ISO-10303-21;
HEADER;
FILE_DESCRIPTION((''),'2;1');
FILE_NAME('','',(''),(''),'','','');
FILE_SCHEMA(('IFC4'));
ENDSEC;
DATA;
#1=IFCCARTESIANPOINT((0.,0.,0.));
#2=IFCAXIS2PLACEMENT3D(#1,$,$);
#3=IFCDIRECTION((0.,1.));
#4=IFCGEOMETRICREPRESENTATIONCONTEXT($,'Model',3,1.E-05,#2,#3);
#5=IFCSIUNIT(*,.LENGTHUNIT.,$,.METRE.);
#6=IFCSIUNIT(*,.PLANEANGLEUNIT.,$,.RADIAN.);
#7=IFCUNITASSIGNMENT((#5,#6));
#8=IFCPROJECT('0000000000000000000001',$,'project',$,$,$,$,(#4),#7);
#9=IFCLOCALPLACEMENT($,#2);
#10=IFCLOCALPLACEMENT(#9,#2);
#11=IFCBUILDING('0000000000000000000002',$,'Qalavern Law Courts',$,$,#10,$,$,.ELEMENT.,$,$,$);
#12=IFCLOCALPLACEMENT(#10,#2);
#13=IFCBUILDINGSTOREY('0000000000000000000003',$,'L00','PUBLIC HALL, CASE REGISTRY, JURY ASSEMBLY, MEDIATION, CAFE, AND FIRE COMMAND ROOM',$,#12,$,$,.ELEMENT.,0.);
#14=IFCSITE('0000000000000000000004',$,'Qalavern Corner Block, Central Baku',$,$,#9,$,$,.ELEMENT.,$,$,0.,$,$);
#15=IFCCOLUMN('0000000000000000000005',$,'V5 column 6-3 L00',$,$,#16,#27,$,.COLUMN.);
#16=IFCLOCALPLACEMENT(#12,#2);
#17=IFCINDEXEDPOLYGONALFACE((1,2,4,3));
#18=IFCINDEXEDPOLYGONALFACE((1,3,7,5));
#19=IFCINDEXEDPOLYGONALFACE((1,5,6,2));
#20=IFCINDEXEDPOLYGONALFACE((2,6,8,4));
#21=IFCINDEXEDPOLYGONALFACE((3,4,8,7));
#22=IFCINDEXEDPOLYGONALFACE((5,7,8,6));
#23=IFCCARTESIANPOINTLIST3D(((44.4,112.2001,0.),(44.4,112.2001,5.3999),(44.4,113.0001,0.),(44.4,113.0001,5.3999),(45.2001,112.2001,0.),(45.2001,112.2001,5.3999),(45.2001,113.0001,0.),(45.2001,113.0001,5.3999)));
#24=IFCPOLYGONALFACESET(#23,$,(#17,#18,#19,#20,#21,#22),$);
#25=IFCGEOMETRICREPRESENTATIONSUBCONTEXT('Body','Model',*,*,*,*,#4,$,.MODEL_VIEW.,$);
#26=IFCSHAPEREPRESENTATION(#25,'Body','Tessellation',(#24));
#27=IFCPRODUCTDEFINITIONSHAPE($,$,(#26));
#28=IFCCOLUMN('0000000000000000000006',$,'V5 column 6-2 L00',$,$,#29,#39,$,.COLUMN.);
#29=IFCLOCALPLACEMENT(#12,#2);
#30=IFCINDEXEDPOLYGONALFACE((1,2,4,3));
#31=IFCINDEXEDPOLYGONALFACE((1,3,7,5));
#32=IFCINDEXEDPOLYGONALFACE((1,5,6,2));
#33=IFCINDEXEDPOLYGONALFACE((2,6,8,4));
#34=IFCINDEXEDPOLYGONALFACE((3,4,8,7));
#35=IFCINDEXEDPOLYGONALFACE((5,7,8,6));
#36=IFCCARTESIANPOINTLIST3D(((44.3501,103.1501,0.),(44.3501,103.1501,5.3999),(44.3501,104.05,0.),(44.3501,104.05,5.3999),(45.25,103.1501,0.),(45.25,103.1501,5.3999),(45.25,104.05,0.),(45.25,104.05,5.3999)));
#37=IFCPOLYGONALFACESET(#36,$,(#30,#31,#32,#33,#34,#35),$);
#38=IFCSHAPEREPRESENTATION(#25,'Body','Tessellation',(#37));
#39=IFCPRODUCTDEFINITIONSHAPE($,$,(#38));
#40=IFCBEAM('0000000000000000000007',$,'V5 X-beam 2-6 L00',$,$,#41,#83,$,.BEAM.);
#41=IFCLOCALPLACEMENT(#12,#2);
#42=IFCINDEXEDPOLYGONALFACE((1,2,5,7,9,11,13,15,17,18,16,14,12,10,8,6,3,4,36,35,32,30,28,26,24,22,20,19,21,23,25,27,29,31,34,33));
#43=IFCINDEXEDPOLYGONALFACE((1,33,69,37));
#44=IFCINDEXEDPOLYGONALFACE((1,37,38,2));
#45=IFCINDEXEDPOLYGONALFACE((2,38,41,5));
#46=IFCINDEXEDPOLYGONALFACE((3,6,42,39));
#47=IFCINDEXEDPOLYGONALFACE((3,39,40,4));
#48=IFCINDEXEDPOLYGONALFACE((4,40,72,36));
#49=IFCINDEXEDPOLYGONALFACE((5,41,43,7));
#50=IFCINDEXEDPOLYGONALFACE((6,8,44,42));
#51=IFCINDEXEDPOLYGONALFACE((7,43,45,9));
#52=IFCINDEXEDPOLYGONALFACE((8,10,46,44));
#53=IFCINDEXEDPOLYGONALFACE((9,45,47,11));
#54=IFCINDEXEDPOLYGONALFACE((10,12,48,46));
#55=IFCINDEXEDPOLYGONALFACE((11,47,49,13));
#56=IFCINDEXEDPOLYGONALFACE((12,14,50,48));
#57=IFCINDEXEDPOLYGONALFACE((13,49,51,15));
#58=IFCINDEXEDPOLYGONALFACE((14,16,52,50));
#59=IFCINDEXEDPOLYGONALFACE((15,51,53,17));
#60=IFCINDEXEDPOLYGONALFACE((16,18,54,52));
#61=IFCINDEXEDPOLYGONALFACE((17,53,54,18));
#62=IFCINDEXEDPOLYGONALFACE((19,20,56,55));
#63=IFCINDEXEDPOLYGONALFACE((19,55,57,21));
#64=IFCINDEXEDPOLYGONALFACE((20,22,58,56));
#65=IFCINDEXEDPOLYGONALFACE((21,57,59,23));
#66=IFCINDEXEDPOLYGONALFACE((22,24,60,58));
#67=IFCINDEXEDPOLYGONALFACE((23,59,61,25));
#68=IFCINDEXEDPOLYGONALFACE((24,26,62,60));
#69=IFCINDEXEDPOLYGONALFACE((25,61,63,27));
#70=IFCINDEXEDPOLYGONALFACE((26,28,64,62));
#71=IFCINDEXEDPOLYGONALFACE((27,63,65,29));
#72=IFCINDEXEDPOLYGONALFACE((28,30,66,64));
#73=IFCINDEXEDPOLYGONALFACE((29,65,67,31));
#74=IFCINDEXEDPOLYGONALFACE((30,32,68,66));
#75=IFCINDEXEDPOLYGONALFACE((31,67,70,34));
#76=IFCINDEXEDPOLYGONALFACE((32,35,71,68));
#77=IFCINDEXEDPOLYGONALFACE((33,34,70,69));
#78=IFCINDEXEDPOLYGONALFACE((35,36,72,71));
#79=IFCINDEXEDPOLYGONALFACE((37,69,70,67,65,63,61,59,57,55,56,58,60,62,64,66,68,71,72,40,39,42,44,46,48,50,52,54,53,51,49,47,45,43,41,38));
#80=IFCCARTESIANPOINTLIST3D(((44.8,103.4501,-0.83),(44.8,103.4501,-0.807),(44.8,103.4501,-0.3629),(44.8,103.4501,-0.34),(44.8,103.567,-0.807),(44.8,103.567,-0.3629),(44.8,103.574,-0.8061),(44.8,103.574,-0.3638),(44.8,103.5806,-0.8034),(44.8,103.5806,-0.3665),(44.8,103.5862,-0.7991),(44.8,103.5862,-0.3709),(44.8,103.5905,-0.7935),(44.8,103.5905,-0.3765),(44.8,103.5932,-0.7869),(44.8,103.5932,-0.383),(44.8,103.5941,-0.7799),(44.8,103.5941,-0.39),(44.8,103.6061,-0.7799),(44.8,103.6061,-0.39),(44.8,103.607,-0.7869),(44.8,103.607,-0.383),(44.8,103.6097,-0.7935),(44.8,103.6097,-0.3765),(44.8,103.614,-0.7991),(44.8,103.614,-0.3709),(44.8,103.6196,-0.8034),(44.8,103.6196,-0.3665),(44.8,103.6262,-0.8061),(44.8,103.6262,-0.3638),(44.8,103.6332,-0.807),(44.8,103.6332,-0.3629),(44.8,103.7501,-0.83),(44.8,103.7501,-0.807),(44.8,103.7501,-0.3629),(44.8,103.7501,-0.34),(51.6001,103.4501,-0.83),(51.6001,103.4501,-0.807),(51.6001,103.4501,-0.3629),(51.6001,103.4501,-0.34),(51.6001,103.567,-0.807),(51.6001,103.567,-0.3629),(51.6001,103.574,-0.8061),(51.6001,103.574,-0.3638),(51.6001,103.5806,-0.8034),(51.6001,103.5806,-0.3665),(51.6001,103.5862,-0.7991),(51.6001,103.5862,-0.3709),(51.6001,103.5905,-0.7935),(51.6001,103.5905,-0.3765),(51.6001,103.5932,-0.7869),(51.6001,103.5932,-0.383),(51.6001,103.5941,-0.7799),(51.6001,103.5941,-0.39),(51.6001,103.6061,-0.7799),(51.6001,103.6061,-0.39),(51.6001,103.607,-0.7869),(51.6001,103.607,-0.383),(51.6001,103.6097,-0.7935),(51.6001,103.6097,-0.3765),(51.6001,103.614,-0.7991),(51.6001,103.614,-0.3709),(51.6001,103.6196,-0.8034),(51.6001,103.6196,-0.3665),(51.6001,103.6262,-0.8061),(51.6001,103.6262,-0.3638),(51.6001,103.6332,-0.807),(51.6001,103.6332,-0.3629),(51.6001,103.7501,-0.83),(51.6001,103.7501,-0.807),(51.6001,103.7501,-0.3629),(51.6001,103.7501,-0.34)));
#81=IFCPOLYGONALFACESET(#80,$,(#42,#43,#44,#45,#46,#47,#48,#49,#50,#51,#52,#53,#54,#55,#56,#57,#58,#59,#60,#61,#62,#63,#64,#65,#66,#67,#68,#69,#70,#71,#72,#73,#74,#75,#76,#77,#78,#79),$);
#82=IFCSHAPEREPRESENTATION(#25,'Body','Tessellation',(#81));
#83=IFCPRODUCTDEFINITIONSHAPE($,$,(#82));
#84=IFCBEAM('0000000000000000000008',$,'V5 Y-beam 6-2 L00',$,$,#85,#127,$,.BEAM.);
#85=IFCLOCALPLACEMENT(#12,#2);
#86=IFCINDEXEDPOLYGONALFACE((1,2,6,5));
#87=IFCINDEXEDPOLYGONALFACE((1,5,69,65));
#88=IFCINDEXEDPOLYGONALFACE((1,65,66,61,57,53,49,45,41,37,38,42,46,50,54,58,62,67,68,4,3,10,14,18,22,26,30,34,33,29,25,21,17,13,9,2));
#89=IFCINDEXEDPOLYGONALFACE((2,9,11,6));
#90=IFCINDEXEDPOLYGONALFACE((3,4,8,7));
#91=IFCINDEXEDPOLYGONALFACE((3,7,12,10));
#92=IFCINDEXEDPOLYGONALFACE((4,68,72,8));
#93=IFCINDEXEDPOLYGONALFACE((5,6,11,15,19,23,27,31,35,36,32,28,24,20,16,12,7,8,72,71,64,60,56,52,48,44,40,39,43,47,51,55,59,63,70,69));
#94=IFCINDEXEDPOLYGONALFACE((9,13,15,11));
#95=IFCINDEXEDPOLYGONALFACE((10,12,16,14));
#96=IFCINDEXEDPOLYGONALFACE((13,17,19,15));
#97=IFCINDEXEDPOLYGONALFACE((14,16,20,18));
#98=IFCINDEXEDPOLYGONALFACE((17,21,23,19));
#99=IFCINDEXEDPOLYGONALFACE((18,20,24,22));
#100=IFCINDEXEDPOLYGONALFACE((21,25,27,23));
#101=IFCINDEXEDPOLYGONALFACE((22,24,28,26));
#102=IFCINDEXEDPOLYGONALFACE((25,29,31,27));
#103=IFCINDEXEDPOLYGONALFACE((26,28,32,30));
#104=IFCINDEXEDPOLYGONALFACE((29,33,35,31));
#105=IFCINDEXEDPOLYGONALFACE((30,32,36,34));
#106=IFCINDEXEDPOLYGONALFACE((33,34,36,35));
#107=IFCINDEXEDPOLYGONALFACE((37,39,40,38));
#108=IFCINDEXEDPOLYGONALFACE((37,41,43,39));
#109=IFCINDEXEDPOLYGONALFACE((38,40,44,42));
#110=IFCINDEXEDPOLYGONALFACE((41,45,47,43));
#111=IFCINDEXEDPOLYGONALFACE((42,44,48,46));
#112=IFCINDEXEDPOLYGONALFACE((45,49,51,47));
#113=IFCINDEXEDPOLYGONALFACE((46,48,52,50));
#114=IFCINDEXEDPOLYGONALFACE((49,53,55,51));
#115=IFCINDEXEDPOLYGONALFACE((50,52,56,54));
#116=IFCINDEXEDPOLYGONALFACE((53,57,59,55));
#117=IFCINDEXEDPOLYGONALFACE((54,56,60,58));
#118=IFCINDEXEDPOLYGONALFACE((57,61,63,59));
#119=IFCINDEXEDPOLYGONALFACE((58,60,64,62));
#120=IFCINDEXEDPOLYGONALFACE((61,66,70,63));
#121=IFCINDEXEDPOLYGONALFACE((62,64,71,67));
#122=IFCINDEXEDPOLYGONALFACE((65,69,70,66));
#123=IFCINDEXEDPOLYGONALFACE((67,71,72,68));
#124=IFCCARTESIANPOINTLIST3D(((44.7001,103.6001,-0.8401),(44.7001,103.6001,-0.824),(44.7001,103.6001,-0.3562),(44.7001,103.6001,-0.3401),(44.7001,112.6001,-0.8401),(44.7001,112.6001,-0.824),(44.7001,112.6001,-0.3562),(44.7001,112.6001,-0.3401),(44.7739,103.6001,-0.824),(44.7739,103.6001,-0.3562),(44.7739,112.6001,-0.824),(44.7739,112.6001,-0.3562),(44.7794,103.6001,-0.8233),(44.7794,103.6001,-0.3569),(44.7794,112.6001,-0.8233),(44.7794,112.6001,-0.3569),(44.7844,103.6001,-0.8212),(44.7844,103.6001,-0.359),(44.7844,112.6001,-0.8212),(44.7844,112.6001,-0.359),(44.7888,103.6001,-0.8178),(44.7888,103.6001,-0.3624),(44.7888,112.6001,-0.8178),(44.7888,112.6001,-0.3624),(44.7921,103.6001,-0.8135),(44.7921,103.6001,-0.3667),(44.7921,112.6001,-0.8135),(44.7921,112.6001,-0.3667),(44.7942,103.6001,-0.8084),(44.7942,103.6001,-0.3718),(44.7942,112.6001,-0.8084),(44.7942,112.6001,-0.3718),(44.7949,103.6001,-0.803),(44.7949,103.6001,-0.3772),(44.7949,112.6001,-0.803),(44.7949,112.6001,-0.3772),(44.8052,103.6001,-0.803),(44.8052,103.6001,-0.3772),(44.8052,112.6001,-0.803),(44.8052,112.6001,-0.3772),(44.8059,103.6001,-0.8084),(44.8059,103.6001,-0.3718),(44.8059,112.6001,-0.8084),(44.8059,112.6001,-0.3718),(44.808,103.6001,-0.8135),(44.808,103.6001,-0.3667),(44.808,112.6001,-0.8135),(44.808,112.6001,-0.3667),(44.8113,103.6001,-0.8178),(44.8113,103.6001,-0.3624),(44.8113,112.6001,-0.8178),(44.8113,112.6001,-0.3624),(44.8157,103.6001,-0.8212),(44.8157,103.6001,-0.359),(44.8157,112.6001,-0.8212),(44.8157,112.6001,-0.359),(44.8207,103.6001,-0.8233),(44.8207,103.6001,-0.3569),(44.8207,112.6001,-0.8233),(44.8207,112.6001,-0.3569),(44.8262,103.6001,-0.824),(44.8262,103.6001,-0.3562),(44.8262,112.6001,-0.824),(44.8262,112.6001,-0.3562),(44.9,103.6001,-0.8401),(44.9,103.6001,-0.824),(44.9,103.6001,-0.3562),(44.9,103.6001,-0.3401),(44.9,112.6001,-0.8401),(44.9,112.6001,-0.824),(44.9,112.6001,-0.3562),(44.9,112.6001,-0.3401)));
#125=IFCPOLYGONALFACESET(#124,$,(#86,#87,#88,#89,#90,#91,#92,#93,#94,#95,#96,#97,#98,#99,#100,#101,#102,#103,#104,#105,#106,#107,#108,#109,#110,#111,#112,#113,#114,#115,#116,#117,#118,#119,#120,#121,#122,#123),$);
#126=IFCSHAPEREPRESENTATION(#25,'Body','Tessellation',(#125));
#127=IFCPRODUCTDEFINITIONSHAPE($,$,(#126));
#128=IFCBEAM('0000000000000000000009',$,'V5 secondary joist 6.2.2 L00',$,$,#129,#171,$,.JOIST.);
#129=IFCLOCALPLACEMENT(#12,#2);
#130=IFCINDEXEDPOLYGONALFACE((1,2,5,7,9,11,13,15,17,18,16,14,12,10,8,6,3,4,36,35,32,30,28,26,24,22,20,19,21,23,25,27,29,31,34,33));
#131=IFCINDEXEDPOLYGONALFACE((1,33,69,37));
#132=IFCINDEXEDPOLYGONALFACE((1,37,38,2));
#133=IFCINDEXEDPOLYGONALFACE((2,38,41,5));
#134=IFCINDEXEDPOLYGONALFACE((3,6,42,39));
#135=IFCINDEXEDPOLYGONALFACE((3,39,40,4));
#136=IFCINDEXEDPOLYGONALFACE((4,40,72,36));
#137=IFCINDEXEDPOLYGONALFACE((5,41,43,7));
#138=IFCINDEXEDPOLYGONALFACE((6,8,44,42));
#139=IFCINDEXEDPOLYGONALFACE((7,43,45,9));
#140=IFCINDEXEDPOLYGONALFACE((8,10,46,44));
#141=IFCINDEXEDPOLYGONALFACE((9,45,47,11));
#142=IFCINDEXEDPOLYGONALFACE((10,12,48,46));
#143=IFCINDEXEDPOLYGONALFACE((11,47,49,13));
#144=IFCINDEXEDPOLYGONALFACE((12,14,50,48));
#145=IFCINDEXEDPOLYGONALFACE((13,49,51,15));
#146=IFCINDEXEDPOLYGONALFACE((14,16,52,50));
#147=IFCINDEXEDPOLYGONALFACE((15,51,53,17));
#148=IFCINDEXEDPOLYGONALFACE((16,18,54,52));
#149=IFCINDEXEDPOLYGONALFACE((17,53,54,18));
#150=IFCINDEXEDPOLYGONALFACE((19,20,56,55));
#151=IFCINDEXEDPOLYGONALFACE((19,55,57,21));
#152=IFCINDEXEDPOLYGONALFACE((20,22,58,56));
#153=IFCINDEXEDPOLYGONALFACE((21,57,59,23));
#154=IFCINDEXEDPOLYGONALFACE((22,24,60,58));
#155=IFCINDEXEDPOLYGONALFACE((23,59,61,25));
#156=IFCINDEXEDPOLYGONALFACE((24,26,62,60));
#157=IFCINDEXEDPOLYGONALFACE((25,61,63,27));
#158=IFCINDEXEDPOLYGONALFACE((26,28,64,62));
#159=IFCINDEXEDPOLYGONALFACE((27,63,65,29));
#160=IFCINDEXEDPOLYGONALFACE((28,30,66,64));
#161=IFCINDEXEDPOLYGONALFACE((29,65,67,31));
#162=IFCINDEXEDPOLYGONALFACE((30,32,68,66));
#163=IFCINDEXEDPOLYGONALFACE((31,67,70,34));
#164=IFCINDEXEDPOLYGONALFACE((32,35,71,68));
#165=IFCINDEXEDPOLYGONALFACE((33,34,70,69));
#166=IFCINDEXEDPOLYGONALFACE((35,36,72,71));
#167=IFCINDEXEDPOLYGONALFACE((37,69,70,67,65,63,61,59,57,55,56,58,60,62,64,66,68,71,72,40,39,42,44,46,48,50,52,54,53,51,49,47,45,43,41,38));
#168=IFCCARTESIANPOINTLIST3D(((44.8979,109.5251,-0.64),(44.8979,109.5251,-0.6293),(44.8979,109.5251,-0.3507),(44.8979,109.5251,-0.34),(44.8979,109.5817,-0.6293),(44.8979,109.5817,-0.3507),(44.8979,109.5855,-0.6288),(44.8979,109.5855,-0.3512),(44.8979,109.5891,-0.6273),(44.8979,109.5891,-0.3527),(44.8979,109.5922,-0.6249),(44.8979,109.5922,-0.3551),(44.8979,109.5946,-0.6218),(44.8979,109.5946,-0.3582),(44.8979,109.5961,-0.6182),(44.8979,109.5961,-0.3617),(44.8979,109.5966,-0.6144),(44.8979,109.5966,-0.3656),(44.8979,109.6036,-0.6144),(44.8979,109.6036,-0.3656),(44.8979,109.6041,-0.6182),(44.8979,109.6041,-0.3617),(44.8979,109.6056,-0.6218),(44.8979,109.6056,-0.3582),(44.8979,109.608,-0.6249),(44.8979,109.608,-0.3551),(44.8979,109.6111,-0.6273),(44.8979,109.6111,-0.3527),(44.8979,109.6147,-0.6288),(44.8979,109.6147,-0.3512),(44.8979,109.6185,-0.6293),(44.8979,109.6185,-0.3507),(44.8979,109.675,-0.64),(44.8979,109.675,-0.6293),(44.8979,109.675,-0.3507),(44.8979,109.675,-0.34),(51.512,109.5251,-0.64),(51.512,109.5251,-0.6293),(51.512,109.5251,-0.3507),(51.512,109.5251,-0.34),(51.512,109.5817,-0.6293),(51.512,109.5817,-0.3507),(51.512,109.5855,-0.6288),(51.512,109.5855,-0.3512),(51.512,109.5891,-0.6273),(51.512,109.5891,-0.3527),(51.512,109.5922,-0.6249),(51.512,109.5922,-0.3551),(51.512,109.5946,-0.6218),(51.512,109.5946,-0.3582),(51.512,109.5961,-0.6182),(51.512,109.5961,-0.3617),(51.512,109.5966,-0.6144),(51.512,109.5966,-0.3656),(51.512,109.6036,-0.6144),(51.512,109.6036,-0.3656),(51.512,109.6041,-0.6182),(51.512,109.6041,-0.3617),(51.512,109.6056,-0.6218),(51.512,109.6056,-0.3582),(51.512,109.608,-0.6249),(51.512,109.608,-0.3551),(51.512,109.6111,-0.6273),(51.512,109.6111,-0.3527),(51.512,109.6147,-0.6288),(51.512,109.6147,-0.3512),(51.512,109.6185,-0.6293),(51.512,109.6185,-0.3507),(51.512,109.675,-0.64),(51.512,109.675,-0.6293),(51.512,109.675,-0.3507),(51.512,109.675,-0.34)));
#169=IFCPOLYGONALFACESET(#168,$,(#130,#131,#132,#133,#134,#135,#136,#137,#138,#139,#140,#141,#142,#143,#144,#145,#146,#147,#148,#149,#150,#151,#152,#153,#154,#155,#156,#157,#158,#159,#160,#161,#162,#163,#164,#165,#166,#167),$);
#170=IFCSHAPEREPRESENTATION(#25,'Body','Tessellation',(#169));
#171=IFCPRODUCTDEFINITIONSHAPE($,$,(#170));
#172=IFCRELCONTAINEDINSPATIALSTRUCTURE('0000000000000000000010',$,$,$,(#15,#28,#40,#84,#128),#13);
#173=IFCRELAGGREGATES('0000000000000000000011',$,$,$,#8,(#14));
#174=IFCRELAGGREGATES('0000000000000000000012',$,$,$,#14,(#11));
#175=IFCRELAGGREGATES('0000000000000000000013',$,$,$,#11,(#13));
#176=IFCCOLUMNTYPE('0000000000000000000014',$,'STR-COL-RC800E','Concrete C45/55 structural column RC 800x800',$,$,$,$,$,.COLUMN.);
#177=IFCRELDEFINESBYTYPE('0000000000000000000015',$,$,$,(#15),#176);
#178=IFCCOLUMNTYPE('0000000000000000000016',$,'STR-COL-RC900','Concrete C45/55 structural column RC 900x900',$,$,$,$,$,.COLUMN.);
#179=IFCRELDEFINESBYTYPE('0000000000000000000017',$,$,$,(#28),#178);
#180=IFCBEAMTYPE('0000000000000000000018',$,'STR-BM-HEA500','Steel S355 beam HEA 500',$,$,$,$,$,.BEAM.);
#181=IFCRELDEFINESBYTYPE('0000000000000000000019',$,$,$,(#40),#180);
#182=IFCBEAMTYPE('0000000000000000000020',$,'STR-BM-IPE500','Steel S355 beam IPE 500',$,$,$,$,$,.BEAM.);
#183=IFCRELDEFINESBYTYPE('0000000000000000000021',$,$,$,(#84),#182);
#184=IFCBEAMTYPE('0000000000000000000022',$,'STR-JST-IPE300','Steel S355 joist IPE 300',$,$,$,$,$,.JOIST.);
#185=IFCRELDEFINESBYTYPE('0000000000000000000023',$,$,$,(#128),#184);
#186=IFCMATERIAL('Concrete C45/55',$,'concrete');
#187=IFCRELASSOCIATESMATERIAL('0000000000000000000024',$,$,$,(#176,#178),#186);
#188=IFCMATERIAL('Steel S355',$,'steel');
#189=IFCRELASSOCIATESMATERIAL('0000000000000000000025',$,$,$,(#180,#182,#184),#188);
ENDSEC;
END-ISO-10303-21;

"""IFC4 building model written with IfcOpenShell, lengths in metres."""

from ifc_helpers import new_model, si_unit, direction, frame, origin, origin_2d, place, context, subcontext, project, spatial, rectangle, i_section, extrude, material, material_profile, profile_set, type_object, element, save


model = new_model("IFC4")

# Units and contexts
model_context = context("Model", 3, precision=1e-05, world=origin(), true_north=direction((0.0, 1.0)))
body_context = subcontext(model_context, "Body", "Model", "MODEL_VIEW")
ifc_project = project(units=[si_unit("LENGTHUNIT", "METRE"), si_unit("PLANEANGLEUNIT", "RADIAN")], contexts=[model_context])

# Site, building, storey
site_placement = place(None, origin())
site = spatial("IfcSite", under=ifc_project, at=site_placement, Name="Qalavern Corner Block, Central Baku", CompositionType="ELEMENT", RefElevation=0.0)
building_placement = place(site_placement, origin())
building = spatial("IfcBuilding", under=site, at=building_placement, Name="Qalavern Law Courts", CompositionType="ELEMENT")
storey_placement = place(building_placement, origin())
storey = spatial("IfcBuildingStorey", under=building, at=storey_placement, Name="L00", Description="PUBLIC HALL, CASE REGISTRY, JURY ASSEMBLY, MEDIATION, CAFE, AND FIRE COMMAND ROOM", CompositionType="ELEMENT", Elevation=0.0)

# Columns
ifc_material_1 = material(Name="Concrete C45/55", Category="concrete")
ifc_material_profile_1 = material_profile(ifc_material_1, rectangle(XDim=0.8, YDim=0.8, at=origin_2d()), Name="RC 800x800")
ifc_profile_set_1 = profile_set([ifc_material_profile_1], Name="Concrete C45/55")
column_type_1 = type_object("IfcColumnType", Name="STR-COL-RC800E", Description="Concrete C45/55 structural column RC 800x800", PredefinedType="COLUMN", material=ifc_profile_set_1)
column_1_placement = place(storey_placement, frame((44.8, 112.6001, 0.0), z_axis=(0.0, 0.0, 1.0), x_axis=(1.0, 0.0, 0.0)))
element("IfcColumn", 1, at=column_1_placement, inside=storey, type_object=column_type_1, Name="V5 column 6-3 L00", PredefinedType="COLUMN", context=body_context, shape_type="SweptSolid", body=[
    extrude(rectangle(XDim=0.8, YDim=0.8, at=origin_2d()), origin(), (0.0, 0.0, 1.0), 5.3999),
])
ifc_material_profile_2 = material_profile(ifc_material_1, rectangle(XDim=0.8999, YDim=0.8999, at=origin_2d()), Name="RC 900x900")
ifc_profile_set_2 = profile_set([ifc_material_profile_2], Name="Concrete C45/55")
column_type_2 = type_object("IfcColumnType", Name="STR-COL-RC900", Description="Concrete C45/55 structural column RC 900x900", PredefinedType="COLUMN", material=ifc_profile_set_2)
column_2_placement = place(storey_placement, frame((44.8, 103.6001, 0.0), z_axis=(0.0, 0.0, 1.0), x_axis=(1.0, 0.0, 0.0)))
element("IfcColumn", 2, at=column_2_placement, inside=storey, type_object=column_type_2, Name="V5 column 6-2 L00", PredefinedType="COLUMN", context=body_context, shape_type="SweptSolid", body=[
    extrude(rectangle(XDim=0.8999, YDim=0.8999, at=origin_2d()), origin(), (0.0, 0.0, 1.0), 5.3999),
])

# Beams
ifc_material_2 = material(Name="Steel S355", Category="steel")
ifc_material_profile_3 = material_profile(ifc_material_2, i_section(OverallWidth=0.3, OverallDepth=0.49, WebThickness=0.012, FlangeThickness=0.0229, FilletRadius=0.0271, at=origin_2d()), Name="HEA 500")
ifc_profile_set_3 = profile_set([ifc_material_profile_3], Name="Steel S355")
beam_type_1 = type_object("IfcBeamType", Name="STR-BM-HEA500", Description="Steel S355 beam HEA 500", PredefinedType="BEAM", material=ifc_profile_set_3)
beam_1_placement = place(storey_placement, frame((44.8, 103.6001, -0.585), z_axis=(1.0, 0.0, 0.0), x_axis=(0.0, 1.0, 0.0)))
element("IfcBeam", 3, at=beam_1_placement, inside=storey, type_object=beam_type_1, Name="V5 X-beam 2-6 L00", PredefinedType="BEAM", context=body_context, shape_type="SweptSolid", body=[
    extrude(i_section(OverallWidth=0.3, OverallDepth=0.49, WebThickness=0.012, FlangeThickness=0.0229, FilletRadius=0.0271, at=origin_2d()), origin(), (0.0, 0.0, 1.0), 6.8),
])
ifc_material_profile_4 = material_profile(ifc_material_2, i_section(OverallWidth=0.2, OverallDepth=0.5, WebThickness=0.0103, FlangeThickness=0.0161, FilletRadius=0.021, at=origin_2d()), Name="IPE 500")
ifc_profile_set_4 = profile_set([ifc_material_profile_4], Name="Steel S355")
beam_type_2 = type_object("IfcBeamType", Name="STR-BM-IPE500", Description="Steel S355 beam IPE 500", PredefinedType="BEAM", material=ifc_profile_set_4)
beam_2_placement = place(storey_placement, frame((44.8, 103.6001, -0.5901), z_axis=(0.0, 1.0, 0.0), x_axis=(-1.0, 0.0, 0.0)))
element("IfcBeam", 4, at=beam_2_placement, inside=storey, type_object=beam_type_2, Name="V5 Y-beam 6-2 L00", PredefinedType="BEAM", context=body_context, shape_type="SweptSolid", body=[
    extrude(i_section(OverallWidth=0.2, OverallDepth=0.5, WebThickness=0.0103, FlangeThickness=0.0161, FilletRadius=0.021, at=origin_2d()), origin(), (0.0, 0.0, 1.0), 9.0),
])
ifc_material_profile_5 = material_profile(ifc_material_2, i_section(OverallWidth=0.1499, OverallDepth=0.3, WebThickness=0.0071, FlangeThickness=0.0107, FilletRadius=0.0149, at=origin_2d()), Name="IPE 300")
ifc_profile_set_5 = profile_set([ifc_material_profile_5], Name="Steel S355")
beam_type_3 = type_object("IfcBeamType", Name="STR-JST-IPE300", Description="Steel S355 joist IPE 300", PredefinedType="JOIST", material=ifc_profile_set_5)
beam_3_placement = place(storey_placement, frame((44.8979, 109.6001, -0.49), z_axis=(1.0, 0.0, 0.0), x_axis=(0.0, 1.0, 0.0)))
element("IfcBeam", 5, at=beam_3_placement, inside=storey, type_object=beam_type_3, Name="V5 secondary joist 6.2.2 L00", PredefinedType="JOIST", context=body_context, shape_type="SweptSolid", body=[
    extrude(i_section(OverallWidth=0.1499, OverallDepth=0.3, WebThickness=0.0071, FlangeThickness=0.0107, FilletRadius=0.0149, at=origin_2d()), origin(), (0.0, 0.0, 1.0), 6.614),
])

save(model, "model.ifc")
